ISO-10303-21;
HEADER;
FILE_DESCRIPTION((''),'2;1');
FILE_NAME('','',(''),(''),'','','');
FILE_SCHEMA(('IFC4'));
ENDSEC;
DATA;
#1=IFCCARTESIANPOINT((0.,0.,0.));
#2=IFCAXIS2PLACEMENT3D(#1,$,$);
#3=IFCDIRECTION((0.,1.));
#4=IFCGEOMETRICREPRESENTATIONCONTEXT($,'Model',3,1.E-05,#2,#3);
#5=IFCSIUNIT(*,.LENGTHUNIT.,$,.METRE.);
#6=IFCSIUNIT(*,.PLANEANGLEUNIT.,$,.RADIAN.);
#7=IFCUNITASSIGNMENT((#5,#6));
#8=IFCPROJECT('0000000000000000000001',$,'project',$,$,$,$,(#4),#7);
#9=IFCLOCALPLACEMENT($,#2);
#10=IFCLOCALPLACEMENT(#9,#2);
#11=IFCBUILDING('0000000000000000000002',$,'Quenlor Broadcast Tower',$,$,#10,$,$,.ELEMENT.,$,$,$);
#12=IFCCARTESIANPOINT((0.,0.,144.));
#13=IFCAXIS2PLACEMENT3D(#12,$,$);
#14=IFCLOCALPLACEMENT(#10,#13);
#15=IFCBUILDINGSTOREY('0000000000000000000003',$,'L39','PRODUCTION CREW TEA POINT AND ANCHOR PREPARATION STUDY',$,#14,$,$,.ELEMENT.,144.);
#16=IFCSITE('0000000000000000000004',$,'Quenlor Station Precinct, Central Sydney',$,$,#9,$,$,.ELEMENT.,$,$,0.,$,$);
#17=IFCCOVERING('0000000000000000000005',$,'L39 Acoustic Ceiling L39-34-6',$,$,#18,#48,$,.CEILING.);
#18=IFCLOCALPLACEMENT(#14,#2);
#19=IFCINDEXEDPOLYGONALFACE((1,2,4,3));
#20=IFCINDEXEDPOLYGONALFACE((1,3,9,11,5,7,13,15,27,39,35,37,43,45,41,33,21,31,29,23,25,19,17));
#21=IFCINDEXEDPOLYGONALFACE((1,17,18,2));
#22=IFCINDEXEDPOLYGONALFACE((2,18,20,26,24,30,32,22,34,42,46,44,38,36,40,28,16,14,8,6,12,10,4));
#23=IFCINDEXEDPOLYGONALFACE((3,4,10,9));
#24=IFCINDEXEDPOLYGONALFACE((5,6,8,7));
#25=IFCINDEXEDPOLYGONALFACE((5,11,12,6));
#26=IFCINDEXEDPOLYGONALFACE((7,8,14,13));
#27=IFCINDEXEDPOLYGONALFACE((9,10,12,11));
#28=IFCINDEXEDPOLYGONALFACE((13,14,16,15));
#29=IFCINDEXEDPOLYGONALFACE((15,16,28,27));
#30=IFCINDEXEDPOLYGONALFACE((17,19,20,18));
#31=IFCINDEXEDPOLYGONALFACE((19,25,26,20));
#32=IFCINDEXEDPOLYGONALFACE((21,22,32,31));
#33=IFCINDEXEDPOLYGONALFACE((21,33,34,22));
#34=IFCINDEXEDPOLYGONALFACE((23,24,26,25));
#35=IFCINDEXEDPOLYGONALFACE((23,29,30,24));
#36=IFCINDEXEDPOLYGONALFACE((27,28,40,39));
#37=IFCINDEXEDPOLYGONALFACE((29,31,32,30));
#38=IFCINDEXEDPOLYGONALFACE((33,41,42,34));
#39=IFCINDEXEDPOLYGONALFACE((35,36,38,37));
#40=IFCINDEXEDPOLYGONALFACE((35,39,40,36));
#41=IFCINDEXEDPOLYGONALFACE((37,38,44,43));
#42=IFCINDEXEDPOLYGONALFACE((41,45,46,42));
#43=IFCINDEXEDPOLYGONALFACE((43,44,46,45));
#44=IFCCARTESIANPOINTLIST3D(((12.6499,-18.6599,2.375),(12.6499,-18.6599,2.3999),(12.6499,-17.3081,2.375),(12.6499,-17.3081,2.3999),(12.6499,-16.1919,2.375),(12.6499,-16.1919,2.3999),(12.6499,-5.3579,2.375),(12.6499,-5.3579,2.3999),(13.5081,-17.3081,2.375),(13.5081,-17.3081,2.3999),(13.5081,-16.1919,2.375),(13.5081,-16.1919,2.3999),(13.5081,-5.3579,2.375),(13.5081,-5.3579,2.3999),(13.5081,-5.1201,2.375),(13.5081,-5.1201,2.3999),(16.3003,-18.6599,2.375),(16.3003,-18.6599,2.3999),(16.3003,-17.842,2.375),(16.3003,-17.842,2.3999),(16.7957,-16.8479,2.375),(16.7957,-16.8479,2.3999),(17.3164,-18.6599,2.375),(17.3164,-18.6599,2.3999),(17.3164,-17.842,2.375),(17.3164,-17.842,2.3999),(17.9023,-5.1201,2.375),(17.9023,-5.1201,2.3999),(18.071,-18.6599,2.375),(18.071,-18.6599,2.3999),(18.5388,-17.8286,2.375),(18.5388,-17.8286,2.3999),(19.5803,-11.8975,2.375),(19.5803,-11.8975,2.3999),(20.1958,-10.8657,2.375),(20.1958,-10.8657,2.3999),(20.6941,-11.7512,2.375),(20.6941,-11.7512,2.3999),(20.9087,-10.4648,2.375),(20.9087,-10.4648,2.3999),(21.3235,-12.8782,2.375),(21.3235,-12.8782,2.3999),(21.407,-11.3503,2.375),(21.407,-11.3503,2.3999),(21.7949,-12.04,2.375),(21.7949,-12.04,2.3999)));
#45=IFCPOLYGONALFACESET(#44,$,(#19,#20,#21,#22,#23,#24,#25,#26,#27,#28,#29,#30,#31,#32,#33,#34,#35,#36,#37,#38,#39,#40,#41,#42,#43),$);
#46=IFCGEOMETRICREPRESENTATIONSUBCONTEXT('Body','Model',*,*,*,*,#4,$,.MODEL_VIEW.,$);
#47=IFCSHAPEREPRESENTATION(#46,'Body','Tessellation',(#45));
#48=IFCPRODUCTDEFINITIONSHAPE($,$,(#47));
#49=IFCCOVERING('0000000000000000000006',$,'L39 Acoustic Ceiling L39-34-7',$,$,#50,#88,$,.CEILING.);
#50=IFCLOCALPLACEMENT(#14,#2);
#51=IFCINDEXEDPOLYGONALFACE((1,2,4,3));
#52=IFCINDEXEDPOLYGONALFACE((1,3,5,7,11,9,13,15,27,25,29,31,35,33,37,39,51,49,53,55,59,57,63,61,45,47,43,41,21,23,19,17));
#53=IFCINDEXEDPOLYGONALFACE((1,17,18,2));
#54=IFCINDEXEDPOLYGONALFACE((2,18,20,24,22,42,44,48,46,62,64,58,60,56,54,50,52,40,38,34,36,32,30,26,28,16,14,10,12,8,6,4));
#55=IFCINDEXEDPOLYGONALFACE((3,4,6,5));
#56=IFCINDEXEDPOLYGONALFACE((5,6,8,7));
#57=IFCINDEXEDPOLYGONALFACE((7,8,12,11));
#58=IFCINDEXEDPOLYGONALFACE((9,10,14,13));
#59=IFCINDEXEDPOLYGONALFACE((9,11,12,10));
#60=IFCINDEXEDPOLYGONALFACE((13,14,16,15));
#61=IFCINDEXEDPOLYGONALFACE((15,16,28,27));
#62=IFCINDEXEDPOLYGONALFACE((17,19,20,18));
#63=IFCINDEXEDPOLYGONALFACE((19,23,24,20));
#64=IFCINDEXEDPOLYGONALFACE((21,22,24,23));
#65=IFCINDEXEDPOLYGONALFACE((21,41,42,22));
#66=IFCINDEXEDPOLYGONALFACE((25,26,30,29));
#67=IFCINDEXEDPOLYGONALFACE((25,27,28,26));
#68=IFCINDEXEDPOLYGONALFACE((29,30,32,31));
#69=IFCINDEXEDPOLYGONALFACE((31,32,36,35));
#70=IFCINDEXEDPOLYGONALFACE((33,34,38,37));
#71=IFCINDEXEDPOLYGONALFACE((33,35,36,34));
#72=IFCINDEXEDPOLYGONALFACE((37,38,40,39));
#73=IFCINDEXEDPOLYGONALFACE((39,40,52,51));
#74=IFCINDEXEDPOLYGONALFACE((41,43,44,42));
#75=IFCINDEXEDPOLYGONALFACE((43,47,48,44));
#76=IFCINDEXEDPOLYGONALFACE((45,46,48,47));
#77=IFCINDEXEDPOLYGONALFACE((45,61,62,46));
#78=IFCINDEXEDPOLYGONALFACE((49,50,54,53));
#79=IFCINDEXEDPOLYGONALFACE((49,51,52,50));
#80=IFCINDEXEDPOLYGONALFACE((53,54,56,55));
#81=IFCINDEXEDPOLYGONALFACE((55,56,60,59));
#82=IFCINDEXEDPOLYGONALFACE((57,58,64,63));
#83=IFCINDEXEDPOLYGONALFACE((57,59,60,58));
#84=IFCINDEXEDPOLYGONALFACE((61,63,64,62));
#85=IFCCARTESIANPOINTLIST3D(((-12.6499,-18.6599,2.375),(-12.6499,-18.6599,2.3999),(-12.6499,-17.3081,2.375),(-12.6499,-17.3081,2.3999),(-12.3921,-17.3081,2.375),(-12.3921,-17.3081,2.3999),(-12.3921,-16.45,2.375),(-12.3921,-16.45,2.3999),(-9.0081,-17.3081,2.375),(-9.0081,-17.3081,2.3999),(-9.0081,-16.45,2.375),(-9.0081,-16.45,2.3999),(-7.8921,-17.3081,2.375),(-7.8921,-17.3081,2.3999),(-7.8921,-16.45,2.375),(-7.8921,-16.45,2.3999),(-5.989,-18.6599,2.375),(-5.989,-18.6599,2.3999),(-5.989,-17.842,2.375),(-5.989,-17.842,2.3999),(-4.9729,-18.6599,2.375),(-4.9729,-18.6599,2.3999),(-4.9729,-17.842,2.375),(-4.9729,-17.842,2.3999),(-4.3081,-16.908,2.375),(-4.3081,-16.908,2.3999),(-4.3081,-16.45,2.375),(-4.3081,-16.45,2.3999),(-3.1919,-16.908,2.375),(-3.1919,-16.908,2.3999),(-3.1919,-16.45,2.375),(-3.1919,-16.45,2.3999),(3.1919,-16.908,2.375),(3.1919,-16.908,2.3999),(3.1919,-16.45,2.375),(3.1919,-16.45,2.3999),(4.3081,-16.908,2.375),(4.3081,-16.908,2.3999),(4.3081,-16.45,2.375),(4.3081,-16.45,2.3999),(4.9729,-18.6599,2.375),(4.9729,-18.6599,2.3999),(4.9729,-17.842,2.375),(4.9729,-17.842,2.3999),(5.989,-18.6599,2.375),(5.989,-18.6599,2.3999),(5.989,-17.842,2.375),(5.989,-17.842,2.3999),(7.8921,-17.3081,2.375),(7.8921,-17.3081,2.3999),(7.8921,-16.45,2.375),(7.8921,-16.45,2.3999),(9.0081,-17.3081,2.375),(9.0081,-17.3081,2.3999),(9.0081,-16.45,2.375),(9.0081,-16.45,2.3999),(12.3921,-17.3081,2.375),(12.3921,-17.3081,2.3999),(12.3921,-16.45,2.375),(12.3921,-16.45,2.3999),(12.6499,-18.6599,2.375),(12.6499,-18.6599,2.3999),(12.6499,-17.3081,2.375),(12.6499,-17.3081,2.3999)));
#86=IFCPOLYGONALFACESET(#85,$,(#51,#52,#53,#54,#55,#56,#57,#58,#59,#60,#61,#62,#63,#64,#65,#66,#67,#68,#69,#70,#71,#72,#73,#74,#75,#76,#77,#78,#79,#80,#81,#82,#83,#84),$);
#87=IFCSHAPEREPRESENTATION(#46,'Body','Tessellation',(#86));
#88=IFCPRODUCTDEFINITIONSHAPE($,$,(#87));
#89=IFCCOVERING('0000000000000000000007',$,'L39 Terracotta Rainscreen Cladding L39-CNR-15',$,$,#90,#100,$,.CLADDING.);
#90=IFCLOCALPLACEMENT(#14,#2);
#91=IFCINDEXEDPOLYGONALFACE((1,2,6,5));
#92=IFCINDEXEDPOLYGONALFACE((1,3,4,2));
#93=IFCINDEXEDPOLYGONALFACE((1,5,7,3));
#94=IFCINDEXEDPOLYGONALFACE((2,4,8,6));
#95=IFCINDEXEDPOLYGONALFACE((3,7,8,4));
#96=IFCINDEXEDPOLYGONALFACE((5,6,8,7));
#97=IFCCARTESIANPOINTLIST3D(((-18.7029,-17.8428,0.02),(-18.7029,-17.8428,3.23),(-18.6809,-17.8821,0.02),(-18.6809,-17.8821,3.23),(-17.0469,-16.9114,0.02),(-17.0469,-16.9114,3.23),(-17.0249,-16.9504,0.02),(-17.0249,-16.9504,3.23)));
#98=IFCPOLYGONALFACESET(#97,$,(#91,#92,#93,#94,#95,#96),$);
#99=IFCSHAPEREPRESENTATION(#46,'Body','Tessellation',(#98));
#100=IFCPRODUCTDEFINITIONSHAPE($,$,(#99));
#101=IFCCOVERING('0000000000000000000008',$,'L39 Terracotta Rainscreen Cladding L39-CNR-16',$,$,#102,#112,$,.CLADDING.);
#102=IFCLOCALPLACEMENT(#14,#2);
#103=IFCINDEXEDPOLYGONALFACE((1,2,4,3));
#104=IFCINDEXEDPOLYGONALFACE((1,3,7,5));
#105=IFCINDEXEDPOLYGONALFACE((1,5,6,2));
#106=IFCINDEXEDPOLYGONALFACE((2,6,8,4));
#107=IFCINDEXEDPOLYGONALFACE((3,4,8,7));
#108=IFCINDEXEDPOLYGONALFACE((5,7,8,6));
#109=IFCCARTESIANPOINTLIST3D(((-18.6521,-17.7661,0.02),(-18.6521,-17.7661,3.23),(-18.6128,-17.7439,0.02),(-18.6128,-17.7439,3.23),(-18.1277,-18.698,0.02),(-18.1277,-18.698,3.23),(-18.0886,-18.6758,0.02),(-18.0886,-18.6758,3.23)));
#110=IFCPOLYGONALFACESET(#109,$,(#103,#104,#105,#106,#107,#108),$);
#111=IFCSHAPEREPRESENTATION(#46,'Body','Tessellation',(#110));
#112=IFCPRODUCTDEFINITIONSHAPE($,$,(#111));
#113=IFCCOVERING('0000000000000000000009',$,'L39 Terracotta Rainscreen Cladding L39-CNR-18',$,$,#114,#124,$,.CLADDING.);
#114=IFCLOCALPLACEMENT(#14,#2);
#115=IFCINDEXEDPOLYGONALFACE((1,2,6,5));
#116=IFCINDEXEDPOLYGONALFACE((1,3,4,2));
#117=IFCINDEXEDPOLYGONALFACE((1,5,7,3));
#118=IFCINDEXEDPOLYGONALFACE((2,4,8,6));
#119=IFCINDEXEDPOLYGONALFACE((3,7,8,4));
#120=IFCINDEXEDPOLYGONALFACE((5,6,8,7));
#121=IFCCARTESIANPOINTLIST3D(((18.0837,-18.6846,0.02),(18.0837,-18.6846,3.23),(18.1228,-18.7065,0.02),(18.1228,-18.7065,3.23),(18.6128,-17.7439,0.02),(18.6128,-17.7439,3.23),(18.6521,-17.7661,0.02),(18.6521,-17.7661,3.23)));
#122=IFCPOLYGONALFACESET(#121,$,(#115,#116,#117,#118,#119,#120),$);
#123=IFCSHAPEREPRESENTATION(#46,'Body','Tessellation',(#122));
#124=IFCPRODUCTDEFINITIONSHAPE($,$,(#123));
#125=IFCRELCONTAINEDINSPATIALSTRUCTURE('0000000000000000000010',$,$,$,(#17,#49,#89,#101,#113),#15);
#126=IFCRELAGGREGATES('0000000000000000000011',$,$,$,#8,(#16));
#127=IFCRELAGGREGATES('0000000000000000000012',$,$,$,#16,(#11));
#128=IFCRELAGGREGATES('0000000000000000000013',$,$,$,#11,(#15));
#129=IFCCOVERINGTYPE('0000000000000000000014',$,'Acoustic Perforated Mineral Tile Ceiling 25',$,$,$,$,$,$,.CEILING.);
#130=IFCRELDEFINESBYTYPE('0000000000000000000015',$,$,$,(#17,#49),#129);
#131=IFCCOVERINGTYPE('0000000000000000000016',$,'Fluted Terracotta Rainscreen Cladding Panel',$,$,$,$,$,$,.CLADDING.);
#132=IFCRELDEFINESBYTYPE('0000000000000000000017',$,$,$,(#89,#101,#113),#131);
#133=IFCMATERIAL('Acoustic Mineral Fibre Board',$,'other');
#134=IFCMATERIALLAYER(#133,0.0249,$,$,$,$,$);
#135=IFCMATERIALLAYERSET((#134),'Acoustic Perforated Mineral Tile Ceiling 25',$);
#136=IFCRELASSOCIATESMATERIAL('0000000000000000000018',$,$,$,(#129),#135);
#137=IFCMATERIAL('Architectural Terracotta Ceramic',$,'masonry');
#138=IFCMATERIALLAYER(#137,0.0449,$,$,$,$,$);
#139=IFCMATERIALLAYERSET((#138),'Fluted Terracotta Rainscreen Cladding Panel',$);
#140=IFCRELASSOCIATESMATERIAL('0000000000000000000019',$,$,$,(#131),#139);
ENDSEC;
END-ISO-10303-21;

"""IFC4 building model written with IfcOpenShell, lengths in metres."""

from ifc_helpers import new_model, si_unit, direction, frame, origin, place, context, subcontext, project, spatial, polyline, outline, extrude, material, layer, layer_set, type_object, element, save


model = new_model("IFC4")

# Units and contexts
model_context = context("Model", 3, precision=1e-05, world=origin(), true_north=direction((0.0, 1.0)))
body_context = subcontext(model_context, "Body", "Model", "MODEL_VIEW")
ifc_project = project(units=[si_unit("LENGTHUNIT", "METRE"), si_unit("PLANEANGLEUNIT", "RADIAN")], contexts=[model_context])

# Site, building, storey
site_placement = place(None, origin())
site = spatial("IfcSite", under=ifc_project, at=site_placement, Name="Quenlor Station Precinct, Central Sydney", CompositionType="ELEMENT", RefElevation=0.0)
building_placement = place(site_placement, origin())
building = spatial("IfcBuilding", under=site, at=building_placement, Name="Quenlor Broadcast Tower", CompositionType="ELEMENT")
storey_placement = place(building_placement, frame((0.0, 0.0, 144.0)))
storey = spatial("IfcBuildingStorey", under=building, at=storey_placement, Name="L39", Description="PRODUCTION CREW TEA POINT AND ANCHOR PREPARATION STUDY", CompositionType="ELEMENT", Elevation=144.0)

# Coverings
ifc_material_1 = material(Name="Acoustic Mineral Fibre Board", Category="other")
ifc_layer_1 = layer(ifc_material_1, 0.0249)
ifc_layer_set_1 = layer_set([ifc_layer_1], Name="Acoustic Perforated Mineral Tile Ceiling 25")
covering_type_1 = type_object("IfcCoveringType", Name="Acoustic Perforated Mineral Tile Ceiling 25", PredefinedType="CEILING", material=ifc_layer_set_1)
covering_1_placement = place(storey_placement, frame((0.0, 0.0, 2.375)))
element("IfcCovering", 1, at=covering_1_placement, inside=storey, type_object=covering_type_1, Name="L39 Acoustic Ceiling L39-34-6", PredefinedType="CEILING", context=body_context, shape_type="SweptSolid", body=[
    extrude(outline(polyline([(13.5081, -17.3081), (13.5081, -16.1919), (12.6499, -16.1919), (12.6499, -5.3579), (13.5081, -5.3579), (13.5081, -5.1201), (17.9023, -5.1201), (20.9087, -10.4648), (20.1958, -10.8657), (20.6941, -11.7512), (21.407, -11.3503), (21.7949, -12.04), (21.3235, -12.8782), (19.5803, -11.8975), (16.7957, -16.8479), (18.5388, -17.8286), (18.071, -18.6599), (17.3164, -18.6599), (17.3164, -17.842), (16.3003, -17.842), (16.3003, -18.6599), (12.6499, -18.6599), (12.6499, -17.3081), (13.5081, -17.3081)])), origin(), (0.0, 0.0, 1.0), 0.0249),
])
covering_2_placement = place(storey_placement, frame((0.0, 0.0, 2.375)))
element("IfcCovering", 2, at=covering_2_placement, inside=storey, type_object=covering_type_1, Name="L39 Acoustic Ceiling L39-34-7", PredefinedType="CEILING", context=body_context, shape_type="SweptSolid", body=[
    extrude(outline(polyline([(-12.3921, -17.3081), (-12.3921, -16.45), (-9.0081, -16.45), (-9.0081, -17.3081), (-7.8921, -17.3081), (-7.8921, -16.45), (-4.3081, -16.45), (-4.3081, -16.908), (-3.1919, -16.908), (-3.1919, -16.45), (3.1919, -16.45), (3.1919, -16.908), (4.3081, -16.908), (4.3081, -16.45), (7.8921, -16.45), (7.8921, -17.3081), (9.0081, -17.3081), (9.0081, -16.45), (12.3921, -16.45), (12.3921, -17.3081), (12.6499, -17.3081), (12.6499, -18.6599), (5.989, -18.6599), (5.989, -17.842), (4.9729, -17.842), (4.9729, -18.6599), (-4.9729, -18.6599), (-4.9729, -17.842), (-5.989, -17.842), (-5.989, -18.6599), (-12.6499, -18.6599), (-12.6499, -17.3081), (-12.3921, -17.3081)])), origin(), (0.0, 0.0, 1.0), 0.0249),
])
ifc_material_2 = material(Name="Architectural Terracotta Ceramic", Category="masonry")
ifc_layer_2 = layer(ifc_material_2, 0.0449)
ifc_layer_set_2 = layer_set([ifc_layer_2], Name="Fluted Terracotta Rainscreen Cladding Panel")
covering_type_2 = type_object("IfcCoveringType", Name="Fluted Terracotta Rainscreen Cladding Panel", PredefinedType="CLADDING", material=ifc_layer_set_2)
covering_3_placement = place(storey_placement, frame((0.0, 0.0, 0.02)))
element("IfcCovering", 3, at=covering_3_placement, inside=storey, type_object=covering_type_2, Name="L39 Terracotta Rainscreen Cladding L39-CNR-15", PredefinedType="CLADDING", context=body_context, shape_type="SweptSolid", body=[
    extrude(outline(polyline([(-17.0469, -16.9114), (-18.7029, -17.8428), (-18.6809, -17.8821), (-17.0249, -16.9504), (-17.0469, -16.9114)])), origin(), (0.0, 0.0, 1.0), 3.21),
])
covering_4_placement = place(storey_placement, frame((0.0, 0.0, 0.02)))
element("IfcCovering", 4, at=covering_4_placement, inside=storey, type_object=covering_type_2, Name="L39 Terracotta Rainscreen Cladding L39-CNR-16", PredefinedType="CLADDING", context=body_context, shape_type="SweptSolid", body=[
    extrude(outline(polyline([(-18.6521, -17.7661), (-18.1277, -18.698), (-18.0886, -18.6758), (-18.6128, -17.7439), (-18.6521, -17.7661)])), origin(), (0.0, 0.0, 1.0), 3.21),
])
covering_5_placement = place(storey_placement, frame((0.0, 0.0, 0.02)))
element("IfcCovering", 5, at=covering_5_placement, inside=storey, type_object=covering_type_2, Name="L39 Terracotta Rainscreen Cladding L39-CNR-18", PredefinedType="CLADDING", context=body_context, shape_type="SweptSolid", body=[
    extrude(outline(polyline([(18.1228, -18.7065), (18.6521, -17.7661), (18.6128, -17.7439), (18.0837, -18.6846), (18.1228, -18.7065)])), origin(), (0.0, 0.0, 1.0), 3.21),
])

save(model, "model.ifc")
